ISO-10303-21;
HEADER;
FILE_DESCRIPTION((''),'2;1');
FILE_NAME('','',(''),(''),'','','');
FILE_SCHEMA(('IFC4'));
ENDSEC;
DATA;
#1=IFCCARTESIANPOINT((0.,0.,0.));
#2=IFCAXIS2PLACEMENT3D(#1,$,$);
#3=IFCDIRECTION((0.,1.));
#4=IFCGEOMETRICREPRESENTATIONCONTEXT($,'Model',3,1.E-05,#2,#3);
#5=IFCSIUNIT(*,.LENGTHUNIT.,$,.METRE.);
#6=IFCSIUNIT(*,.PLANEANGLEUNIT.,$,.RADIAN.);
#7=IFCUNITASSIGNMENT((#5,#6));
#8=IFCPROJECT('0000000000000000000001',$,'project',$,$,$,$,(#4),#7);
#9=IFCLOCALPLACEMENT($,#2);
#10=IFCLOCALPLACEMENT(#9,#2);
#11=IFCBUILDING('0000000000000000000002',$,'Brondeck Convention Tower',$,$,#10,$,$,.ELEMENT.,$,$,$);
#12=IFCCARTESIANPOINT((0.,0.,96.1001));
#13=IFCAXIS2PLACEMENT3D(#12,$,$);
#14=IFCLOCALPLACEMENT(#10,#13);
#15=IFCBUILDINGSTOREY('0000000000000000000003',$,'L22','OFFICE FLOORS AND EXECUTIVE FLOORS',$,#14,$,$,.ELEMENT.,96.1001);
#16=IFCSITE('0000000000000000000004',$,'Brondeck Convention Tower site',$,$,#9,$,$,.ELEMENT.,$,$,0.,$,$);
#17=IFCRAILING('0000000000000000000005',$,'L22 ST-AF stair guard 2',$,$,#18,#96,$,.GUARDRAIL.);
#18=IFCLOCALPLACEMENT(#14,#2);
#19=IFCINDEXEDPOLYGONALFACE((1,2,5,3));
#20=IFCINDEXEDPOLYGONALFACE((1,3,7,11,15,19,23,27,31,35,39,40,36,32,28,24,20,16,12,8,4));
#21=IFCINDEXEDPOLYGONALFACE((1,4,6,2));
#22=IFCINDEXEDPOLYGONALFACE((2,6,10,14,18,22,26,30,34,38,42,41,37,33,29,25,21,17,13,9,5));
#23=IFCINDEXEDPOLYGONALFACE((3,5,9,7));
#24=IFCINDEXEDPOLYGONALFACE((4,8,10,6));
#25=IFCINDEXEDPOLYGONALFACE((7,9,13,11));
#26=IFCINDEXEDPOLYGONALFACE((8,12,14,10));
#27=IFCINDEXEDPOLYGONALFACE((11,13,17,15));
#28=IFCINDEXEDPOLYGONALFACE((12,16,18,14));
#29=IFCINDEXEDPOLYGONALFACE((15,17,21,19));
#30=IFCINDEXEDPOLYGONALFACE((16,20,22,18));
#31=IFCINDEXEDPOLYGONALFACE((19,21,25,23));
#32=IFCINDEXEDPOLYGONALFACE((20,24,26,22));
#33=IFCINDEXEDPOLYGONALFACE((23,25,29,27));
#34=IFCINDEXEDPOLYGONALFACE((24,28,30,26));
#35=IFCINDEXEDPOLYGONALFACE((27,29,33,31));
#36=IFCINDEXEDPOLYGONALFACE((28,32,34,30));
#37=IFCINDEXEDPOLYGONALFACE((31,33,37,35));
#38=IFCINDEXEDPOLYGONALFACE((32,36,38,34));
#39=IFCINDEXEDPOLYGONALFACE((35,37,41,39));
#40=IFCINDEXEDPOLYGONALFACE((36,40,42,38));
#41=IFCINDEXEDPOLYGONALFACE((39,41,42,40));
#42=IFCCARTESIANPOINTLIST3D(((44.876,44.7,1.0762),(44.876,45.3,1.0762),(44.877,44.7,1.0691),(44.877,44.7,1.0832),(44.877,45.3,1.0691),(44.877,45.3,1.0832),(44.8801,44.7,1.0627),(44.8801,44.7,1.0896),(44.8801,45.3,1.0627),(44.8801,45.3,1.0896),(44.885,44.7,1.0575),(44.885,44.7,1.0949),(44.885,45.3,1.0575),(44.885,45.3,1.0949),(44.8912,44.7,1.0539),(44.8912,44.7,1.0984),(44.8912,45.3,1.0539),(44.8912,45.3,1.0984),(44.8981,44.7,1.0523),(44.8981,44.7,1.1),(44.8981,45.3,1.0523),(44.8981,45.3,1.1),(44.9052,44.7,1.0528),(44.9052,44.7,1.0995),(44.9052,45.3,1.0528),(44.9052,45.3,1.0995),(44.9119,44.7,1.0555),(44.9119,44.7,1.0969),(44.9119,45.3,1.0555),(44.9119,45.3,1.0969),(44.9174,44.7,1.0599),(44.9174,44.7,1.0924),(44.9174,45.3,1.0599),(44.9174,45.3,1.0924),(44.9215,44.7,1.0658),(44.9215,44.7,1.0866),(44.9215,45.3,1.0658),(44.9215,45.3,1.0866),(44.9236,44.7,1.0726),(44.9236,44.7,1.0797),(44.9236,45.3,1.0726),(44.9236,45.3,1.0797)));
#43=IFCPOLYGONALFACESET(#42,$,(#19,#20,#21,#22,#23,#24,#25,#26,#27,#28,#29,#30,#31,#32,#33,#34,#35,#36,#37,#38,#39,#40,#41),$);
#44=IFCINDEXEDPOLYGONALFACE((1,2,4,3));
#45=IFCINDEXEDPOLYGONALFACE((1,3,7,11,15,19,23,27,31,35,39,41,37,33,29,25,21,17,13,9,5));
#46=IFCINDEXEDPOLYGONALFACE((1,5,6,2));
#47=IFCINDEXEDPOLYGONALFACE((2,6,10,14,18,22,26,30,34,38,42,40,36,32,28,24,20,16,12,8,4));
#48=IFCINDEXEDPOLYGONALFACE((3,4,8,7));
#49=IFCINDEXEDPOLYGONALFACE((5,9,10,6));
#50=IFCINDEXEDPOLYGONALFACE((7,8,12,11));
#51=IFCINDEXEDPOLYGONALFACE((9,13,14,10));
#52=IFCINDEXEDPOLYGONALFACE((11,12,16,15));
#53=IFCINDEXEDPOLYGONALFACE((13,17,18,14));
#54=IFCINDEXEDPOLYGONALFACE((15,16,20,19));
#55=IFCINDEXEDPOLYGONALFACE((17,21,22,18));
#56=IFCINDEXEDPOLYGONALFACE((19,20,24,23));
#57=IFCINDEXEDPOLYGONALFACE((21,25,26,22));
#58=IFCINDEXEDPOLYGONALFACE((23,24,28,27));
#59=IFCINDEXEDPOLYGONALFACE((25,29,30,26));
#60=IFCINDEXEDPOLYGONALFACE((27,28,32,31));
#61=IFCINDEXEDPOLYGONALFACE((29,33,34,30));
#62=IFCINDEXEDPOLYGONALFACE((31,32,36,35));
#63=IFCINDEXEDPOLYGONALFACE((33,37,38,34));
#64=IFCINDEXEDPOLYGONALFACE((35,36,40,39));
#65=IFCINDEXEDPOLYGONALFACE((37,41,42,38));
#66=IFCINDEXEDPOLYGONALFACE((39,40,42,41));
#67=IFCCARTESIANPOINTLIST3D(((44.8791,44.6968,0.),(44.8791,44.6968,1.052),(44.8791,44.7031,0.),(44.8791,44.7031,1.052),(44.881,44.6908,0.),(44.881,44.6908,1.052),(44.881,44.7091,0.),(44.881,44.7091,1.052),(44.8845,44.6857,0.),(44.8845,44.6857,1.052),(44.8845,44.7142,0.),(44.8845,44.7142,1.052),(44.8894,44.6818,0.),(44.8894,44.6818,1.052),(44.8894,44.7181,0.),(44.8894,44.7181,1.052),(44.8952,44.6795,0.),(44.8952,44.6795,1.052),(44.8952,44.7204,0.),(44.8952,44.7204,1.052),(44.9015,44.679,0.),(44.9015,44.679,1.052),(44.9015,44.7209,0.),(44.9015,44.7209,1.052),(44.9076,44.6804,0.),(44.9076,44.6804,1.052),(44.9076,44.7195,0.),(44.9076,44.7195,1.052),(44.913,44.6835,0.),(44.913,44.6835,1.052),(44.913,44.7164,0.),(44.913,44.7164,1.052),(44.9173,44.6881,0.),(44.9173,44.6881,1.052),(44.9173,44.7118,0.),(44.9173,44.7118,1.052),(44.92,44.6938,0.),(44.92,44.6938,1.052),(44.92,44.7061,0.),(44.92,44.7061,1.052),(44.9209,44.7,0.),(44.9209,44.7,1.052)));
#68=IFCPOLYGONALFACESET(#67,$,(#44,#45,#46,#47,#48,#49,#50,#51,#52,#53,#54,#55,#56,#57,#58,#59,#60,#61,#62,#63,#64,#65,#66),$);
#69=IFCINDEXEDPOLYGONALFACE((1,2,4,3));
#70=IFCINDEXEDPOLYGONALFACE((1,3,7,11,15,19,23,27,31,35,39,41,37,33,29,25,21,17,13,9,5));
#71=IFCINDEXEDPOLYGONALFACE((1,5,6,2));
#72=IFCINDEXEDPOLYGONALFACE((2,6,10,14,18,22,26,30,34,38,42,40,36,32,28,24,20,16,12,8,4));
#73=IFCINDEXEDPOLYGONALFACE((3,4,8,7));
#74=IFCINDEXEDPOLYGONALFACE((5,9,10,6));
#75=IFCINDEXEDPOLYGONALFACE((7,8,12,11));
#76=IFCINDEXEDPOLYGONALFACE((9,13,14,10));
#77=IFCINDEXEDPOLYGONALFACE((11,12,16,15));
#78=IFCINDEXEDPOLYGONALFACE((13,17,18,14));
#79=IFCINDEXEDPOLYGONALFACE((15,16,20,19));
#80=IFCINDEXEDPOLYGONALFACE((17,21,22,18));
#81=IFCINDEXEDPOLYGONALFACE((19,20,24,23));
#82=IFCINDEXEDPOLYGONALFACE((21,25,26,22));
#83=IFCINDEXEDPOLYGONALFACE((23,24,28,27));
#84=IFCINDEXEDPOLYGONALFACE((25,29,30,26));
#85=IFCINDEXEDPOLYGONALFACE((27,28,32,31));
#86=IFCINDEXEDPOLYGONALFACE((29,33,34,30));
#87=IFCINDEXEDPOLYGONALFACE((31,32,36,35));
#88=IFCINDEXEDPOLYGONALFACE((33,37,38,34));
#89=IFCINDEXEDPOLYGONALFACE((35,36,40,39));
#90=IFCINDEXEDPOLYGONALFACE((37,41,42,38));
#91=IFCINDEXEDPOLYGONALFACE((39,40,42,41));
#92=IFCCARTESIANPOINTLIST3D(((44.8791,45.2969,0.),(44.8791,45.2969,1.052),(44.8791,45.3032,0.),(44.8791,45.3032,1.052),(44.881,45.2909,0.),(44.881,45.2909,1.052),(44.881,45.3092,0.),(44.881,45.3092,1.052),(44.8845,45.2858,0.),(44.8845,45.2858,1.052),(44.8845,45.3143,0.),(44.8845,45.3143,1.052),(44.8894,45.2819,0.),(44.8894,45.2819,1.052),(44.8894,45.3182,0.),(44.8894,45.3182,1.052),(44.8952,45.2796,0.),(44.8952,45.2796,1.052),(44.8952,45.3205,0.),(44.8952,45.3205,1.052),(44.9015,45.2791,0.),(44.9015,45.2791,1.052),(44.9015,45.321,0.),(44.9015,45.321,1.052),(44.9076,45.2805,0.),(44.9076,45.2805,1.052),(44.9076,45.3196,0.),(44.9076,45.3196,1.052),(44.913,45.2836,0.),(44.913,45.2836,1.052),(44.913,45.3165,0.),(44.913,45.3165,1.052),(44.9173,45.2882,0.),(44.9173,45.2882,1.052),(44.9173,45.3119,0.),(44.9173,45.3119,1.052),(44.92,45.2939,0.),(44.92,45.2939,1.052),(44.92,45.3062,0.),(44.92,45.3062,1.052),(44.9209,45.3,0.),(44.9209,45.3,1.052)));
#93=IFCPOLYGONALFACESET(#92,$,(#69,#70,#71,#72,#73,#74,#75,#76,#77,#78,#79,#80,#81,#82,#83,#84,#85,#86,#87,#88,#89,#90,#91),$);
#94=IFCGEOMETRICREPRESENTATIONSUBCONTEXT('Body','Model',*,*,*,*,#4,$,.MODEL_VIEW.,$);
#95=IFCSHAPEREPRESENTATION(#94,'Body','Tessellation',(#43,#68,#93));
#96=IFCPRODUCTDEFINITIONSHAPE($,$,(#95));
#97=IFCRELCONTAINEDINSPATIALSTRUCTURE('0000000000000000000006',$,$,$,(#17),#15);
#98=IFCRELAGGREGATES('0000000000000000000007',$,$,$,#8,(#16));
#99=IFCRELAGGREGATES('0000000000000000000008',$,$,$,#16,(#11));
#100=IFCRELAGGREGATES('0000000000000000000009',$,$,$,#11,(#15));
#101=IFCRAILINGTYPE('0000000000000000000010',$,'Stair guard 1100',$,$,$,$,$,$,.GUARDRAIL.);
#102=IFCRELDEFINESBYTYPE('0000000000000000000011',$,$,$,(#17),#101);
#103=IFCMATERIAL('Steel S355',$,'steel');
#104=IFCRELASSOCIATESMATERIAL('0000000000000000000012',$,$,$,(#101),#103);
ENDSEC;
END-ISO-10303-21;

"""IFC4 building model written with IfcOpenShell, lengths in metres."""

from ifc_helpers import new_model, si_unit, direction, frame, origin, origin_2d, place, context, subcontext, project, spatial, circle, extrude, material, type_object, element, save


model = new_model("IFC4")

# Units and contexts
model_context = context("Model", 3, precision=1e-05, world=origin(), true_north=direction((0.0, 1.0)))
body_context = subcontext(model_context, "Body", "Model", "MODEL_VIEW")
ifc_project = project(units=[si_unit("LENGTHUNIT", "METRE"), si_unit("PLANEANGLEUNIT", "RADIAN")], contexts=[model_context])

# Site, building, storey
site_placement = place(None, origin())
site = spatial("IfcSite", under=ifc_project, at=site_placement, Name="Brondeck Convention Tower site", CompositionType="ELEMENT", RefElevation=0.0)
building_placement = place(site_placement, origin())
building = spatial("IfcBuilding", under=site, at=building_placement, Name="Brondeck Convention Tower", CompositionType="ELEMENT")
storey_placement = place(building_placement, frame((0.0, 0.0, 96.1001)))
storey = spatial("IfcBuildingStorey", under=building, at=storey_placement, Name="L22", Description="OFFICE FLOORS AND EXECUTIVE FLOORS", CompositionType="ELEMENT", Elevation=96.1001)

# Shared definitions
ifc_material_1 = material(Name="Steel S355", Category="steel")

# Railing
railing_type_1 = type_object("IfcRailingType", Name="Stair guard 1100", PredefinedType="GUARDRAIL", material=ifc_material_1)
railing_1_placement = place(storey_placement, frame((44.8999, 44.7, 0.0)))
element("IfcRailing", 1, at=railing_1_placement, inside=storey, type_object=railing_type_1, Name="L22 ST-AF stair guard 2", PredefinedType="GUARDRAIL", context=body_context, shape_type="SweptSolid", body=[
    extrude(circle(Radius=0.0239, at=origin_2d()), frame((0.0, 0.0, 1.0762), z_axis=(0.0, 1.0, 0.0), x_axis=(-1.0, 0.0, 0.0)), (0.0, 0.0, 1.0), 0.6001),
    extrude(circle(Radius=0.021, at=origin_2d()), origin(), (0.0, 0.0, 1.0), 1.052),
    extrude(circle(Radius=0.021, at=origin_2d()), frame((0.0, 0.6001, 0.0)), (0.0, 0.0, 1.0), 1.052),
])

save(model, "model.ifc")
